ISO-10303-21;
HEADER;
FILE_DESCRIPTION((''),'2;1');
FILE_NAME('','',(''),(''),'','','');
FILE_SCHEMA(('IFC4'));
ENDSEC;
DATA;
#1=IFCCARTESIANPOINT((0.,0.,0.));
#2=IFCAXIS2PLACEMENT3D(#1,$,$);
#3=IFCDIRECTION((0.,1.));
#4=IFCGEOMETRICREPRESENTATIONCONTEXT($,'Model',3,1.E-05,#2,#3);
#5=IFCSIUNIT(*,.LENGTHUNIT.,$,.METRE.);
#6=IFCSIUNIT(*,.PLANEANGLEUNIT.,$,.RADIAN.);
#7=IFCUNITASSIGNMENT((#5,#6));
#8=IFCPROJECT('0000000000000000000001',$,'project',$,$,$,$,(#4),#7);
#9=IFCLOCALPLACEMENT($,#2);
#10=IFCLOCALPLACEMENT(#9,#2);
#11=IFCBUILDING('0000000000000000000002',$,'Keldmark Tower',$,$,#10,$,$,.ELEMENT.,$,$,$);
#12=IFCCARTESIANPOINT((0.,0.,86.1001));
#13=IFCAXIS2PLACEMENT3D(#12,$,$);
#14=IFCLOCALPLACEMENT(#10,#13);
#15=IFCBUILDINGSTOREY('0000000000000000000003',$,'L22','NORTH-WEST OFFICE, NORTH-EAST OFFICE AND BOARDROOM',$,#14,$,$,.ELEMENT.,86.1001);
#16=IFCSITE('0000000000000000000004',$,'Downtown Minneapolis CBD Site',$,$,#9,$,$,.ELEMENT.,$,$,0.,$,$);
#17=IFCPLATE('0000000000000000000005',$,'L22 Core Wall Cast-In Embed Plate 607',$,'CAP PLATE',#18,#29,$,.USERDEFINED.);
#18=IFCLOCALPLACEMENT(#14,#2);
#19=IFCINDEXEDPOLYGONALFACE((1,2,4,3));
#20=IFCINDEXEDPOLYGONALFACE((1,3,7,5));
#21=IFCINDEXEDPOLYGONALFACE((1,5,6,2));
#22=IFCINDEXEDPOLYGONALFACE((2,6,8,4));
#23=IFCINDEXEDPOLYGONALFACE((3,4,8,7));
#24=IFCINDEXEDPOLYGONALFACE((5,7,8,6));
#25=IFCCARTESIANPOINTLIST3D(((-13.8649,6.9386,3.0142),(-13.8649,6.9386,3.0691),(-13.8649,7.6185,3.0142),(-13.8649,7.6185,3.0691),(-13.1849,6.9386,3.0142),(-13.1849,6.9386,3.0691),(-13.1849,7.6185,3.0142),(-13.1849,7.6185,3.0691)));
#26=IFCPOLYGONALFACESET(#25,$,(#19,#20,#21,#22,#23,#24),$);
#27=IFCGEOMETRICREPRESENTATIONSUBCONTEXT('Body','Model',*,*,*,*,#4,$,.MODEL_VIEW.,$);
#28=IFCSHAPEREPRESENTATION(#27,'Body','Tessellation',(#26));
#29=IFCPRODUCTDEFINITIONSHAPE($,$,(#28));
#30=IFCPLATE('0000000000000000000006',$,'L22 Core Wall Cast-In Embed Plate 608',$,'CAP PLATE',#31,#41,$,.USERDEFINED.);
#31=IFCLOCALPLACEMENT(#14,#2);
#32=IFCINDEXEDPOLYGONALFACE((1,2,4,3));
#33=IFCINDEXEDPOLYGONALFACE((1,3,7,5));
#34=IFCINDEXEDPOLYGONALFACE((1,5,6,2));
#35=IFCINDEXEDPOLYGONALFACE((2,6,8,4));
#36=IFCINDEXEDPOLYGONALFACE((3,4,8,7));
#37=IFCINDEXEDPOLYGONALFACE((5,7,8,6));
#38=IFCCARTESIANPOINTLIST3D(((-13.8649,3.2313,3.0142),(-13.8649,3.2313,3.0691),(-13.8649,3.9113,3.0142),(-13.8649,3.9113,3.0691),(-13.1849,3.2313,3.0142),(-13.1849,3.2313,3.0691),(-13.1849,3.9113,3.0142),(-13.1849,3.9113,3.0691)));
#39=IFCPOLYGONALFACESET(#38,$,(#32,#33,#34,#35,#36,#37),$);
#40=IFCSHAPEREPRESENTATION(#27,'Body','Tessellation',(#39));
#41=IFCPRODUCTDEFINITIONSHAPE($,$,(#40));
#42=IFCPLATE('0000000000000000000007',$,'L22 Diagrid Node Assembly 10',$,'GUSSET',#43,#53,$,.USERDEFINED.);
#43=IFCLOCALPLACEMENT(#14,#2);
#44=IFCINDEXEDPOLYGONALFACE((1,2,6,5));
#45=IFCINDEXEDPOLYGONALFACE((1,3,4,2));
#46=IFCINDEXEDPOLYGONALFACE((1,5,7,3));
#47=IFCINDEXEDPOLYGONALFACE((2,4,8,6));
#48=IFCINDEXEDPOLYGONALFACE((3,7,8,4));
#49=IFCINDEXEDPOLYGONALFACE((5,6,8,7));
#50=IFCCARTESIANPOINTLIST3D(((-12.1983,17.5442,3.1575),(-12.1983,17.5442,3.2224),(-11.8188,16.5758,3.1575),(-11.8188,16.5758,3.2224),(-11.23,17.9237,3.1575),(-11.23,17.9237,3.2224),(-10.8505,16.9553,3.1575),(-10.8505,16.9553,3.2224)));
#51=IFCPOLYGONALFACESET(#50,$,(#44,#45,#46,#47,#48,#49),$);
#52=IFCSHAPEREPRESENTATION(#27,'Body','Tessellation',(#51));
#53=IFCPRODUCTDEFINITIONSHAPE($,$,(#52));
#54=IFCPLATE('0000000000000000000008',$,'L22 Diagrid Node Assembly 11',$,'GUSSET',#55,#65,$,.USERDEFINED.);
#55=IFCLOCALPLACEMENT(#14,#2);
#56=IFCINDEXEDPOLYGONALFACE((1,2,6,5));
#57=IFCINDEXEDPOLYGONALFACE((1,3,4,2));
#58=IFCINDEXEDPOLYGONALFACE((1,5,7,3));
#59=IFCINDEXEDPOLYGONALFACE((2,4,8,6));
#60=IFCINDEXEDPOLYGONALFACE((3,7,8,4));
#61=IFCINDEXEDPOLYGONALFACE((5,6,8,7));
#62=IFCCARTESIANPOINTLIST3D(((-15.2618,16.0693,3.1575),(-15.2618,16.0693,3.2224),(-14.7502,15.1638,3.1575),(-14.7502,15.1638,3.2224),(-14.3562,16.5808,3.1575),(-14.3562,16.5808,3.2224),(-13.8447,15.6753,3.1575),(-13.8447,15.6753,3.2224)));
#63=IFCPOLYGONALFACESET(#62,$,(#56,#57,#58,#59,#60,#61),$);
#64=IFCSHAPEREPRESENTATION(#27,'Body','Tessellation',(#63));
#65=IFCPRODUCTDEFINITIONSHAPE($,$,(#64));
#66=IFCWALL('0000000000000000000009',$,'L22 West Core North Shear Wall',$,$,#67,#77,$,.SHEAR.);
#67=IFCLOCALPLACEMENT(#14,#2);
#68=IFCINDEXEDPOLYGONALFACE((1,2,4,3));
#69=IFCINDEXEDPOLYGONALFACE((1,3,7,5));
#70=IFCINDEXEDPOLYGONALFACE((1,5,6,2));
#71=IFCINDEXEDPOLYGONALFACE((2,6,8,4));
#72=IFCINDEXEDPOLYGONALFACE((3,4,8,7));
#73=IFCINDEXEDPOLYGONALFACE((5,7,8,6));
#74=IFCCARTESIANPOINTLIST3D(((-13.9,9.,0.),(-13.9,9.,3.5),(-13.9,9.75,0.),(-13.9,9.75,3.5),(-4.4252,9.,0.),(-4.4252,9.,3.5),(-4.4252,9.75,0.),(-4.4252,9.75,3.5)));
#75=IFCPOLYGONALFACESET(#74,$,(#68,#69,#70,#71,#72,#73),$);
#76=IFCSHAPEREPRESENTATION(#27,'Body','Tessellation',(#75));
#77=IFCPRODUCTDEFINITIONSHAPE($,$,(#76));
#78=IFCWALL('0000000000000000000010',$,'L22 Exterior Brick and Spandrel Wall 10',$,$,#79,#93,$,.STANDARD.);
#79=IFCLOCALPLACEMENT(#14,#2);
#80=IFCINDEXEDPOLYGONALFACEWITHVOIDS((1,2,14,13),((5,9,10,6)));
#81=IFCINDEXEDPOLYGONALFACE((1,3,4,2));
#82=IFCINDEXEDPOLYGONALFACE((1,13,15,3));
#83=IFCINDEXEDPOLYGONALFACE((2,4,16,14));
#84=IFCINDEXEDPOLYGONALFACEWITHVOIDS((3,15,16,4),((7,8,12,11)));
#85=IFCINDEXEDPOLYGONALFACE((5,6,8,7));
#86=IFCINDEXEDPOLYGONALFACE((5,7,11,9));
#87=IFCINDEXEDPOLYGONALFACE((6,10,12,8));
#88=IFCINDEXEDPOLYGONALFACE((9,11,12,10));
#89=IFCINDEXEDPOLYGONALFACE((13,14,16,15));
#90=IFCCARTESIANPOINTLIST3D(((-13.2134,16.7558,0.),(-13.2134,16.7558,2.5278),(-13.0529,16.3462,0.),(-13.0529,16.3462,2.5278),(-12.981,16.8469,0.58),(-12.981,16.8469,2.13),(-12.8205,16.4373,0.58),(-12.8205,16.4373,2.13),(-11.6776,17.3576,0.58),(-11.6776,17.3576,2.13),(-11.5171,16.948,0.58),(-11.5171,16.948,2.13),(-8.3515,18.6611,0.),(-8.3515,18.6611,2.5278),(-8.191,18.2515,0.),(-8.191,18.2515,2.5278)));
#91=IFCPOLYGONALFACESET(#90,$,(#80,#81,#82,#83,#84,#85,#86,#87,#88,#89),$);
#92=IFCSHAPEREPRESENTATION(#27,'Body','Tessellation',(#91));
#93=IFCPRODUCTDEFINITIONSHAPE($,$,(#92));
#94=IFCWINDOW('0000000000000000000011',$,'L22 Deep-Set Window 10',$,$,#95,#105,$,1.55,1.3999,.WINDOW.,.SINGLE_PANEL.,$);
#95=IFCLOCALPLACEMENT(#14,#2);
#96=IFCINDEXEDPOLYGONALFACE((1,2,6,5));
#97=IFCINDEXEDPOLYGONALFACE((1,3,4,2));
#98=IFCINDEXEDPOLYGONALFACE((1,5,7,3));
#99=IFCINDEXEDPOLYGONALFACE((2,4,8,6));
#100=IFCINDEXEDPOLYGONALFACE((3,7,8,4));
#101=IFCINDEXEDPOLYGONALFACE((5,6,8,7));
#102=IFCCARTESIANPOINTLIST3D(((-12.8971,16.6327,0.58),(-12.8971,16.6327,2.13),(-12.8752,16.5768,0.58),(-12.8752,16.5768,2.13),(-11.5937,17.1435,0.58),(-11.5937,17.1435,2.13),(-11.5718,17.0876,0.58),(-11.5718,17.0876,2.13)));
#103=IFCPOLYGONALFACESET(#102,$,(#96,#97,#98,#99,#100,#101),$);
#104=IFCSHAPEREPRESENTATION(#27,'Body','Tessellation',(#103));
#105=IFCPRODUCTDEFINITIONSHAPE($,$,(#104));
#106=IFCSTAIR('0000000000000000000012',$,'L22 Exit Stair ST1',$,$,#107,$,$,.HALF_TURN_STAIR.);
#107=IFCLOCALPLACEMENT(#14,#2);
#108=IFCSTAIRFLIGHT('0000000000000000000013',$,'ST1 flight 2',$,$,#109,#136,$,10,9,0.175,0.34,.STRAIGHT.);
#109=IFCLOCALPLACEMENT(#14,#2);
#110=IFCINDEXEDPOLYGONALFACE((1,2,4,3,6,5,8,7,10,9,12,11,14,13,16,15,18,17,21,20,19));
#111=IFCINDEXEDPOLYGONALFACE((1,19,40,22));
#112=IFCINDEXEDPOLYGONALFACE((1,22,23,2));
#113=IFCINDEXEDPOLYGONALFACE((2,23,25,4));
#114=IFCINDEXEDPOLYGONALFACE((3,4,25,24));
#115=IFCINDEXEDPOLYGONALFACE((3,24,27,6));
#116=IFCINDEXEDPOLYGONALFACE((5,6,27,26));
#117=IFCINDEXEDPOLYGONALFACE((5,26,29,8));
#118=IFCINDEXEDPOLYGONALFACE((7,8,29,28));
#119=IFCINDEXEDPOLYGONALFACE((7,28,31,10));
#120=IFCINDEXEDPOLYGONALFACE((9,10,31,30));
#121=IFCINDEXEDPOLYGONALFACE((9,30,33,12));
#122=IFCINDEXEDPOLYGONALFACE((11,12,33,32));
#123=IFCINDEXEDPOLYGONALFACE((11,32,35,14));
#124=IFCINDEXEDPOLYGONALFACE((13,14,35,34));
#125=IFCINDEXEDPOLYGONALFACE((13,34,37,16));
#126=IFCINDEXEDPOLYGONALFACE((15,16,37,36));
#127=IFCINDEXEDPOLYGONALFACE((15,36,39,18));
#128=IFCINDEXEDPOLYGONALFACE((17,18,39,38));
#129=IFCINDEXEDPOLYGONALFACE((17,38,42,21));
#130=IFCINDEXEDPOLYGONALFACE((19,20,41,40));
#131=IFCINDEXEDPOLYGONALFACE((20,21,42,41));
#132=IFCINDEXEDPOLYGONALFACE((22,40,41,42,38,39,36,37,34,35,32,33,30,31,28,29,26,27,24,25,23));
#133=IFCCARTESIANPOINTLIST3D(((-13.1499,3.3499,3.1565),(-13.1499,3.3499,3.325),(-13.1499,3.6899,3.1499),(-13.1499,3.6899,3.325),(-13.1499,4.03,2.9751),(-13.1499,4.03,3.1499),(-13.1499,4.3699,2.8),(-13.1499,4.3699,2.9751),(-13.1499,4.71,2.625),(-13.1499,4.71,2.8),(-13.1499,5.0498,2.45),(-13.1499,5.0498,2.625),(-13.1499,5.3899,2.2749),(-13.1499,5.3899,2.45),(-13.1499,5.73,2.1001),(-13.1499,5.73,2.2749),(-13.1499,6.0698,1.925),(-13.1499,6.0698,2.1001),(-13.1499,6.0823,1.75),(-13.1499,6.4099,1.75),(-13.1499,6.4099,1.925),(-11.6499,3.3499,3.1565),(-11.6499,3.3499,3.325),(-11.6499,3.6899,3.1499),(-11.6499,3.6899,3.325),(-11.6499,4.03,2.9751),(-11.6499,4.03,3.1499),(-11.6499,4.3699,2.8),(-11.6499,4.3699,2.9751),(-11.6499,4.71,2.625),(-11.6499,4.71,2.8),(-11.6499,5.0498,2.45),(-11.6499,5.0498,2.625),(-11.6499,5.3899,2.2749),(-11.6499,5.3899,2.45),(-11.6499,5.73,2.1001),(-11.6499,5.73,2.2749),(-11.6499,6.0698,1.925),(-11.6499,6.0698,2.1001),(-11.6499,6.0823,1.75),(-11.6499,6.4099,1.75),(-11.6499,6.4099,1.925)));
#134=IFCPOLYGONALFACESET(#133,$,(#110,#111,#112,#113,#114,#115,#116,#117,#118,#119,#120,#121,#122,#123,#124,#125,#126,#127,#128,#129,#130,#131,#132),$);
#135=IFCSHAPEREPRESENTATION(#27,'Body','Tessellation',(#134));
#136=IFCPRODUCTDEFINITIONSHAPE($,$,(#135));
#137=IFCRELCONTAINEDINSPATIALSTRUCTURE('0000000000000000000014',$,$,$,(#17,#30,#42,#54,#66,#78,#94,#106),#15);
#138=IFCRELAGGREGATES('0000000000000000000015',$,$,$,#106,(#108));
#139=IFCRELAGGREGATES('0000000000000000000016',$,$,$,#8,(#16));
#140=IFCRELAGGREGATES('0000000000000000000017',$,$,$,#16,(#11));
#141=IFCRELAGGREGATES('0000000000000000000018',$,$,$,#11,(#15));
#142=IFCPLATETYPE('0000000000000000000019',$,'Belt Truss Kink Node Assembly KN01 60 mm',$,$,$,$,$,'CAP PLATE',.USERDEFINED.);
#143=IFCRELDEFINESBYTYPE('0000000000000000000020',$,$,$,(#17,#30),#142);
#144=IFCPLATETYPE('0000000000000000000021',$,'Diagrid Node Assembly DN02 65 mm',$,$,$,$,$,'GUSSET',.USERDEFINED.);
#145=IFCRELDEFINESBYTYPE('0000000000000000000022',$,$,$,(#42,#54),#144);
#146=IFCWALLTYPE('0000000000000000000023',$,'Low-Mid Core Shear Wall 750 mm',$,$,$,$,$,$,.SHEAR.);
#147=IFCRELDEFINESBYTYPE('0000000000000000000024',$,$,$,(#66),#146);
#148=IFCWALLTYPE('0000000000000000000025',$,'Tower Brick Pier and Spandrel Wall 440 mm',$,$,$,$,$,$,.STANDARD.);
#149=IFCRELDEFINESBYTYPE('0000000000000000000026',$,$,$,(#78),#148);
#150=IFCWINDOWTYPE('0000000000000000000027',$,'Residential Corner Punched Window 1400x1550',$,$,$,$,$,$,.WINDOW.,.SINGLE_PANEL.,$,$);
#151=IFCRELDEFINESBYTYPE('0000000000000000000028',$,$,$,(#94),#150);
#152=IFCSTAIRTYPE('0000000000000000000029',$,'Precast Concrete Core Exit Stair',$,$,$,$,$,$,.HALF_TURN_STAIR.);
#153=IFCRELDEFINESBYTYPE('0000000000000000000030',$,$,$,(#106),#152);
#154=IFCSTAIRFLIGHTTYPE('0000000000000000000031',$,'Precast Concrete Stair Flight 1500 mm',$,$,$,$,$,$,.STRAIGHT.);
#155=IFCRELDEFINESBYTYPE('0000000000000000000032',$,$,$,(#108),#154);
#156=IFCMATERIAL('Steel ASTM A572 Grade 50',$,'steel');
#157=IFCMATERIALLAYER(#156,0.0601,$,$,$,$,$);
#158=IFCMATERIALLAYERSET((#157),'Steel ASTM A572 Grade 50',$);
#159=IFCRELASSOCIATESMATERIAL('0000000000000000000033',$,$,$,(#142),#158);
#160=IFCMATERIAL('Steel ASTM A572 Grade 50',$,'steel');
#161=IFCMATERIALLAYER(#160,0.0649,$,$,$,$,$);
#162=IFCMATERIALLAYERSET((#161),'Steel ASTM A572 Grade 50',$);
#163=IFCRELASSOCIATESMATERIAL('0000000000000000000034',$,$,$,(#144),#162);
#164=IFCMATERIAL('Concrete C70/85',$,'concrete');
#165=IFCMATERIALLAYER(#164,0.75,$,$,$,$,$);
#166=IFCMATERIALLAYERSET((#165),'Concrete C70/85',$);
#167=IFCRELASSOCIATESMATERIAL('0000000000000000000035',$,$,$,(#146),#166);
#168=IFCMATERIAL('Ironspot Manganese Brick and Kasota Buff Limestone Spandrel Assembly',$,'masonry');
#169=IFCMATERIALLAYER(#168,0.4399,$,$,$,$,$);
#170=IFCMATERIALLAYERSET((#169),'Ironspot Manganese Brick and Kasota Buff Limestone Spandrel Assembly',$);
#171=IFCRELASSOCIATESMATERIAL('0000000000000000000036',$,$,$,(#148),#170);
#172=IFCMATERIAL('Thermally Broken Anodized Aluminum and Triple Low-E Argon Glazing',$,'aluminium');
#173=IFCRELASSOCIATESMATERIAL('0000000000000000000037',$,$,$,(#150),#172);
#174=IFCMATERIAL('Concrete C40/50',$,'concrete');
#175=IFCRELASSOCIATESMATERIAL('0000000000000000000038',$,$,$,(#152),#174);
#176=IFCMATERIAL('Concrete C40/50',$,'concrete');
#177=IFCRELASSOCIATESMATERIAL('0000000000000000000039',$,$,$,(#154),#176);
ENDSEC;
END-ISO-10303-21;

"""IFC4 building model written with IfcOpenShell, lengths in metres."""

from ifc_helpers import new_model, si_unit, direction, frame, frame_2d, origin, origin_2d, place, context, subcontext, project, spatial, polyline, rectangle, outline, extrude, material, layer, layer_set, type_object, element, fill, aggregate, save


model = new_model("IFC4")

# Units and contexts
model_context = context("Model", 3, precision=1e-05, world=origin(), true_north=direction((0.0, 1.0)))
body_context = subcontext(model_context, "Body", "Model", "MODEL_VIEW")
ifc_project = project(units=[si_unit("LENGTHUNIT", "METRE"), si_unit("PLANEANGLEUNIT", "RADIAN")], contexts=[model_context])

# Site, building, storey
site_placement = place(None, origin())
site = spatial("IfcSite", under=ifc_project, at=site_placement, Name="Downtown Minneapolis CBD Site", CompositionType="ELEMENT", RefElevation=0.0)
building_placement = place(site_placement, origin())
building = spatial("IfcBuilding", under=site, at=building_placement, Name="Keldmark Tower", CompositionType="ELEMENT")
storey_placement = place(building_placement, frame((0.0, 0.0, 86.1001)))
storey = spatial("IfcBuildingStorey", under=building, at=storey_placement, Name="L22", Description="NORTH-WEST OFFICE, NORTH-EAST OFFICE AND BOARDROOM", CompositionType="ELEMENT", Elevation=86.1001)

# Plates
ifc_material_1 = material(Name="Steel ASTM A572 Grade 50", Category="steel")
ifc_layer_1 = layer(ifc_material_1, 0.0601)
ifc_layer_set_1 = layer_set([ifc_layer_1], Name="Steel ASTM A572 Grade 50")
plate_type_1 = type_object("IfcPlateType", Name="Belt Truss Kink Node Assembly KN01 60 mm", ElementType="CAP PLATE", PredefinedType="USERDEFINED", material=ifc_layer_set_1)
for number, where, z_axis, x_axis, name in (
    (1, (-13.5249, 7.2786, 3.0142), (0.0, 0.0, 1.0), (1.0, 0.0, 0.0), "L22 Core Wall Cast-In Embed Plate 607"),
    (2, (-13.5249, 3.5713, 3.0142), (0.0, 0.0, 1.0), (1.0, 0.0, 0.0), "L22 Core Wall Cast-In Embed Plate 608"),
):
    element("IfcPlate", number, at=place(storey_placement, frame(where, z_axis=z_axis, x_axis=x_axis)), inside=storey, type_object=plate_type_1, Name=name, ObjectType="CAP PLATE", PredefinedType="USERDEFINED", context=body_context, shape_type="SweptSolid", body=[
        extrude(rectangle(XDim=0.6799, YDim=0.6799, at=origin_2d()), origin(), (0.0, 0.0, 1.0), 0.0549),
    ])
ifc_material_2 = material(Name="Steel ASTM A572 Grade 50", Category="steel")
ifc_layer_2 = layer(ifc_material_2, 0.0649)
ifc_layer_set_2 = layer_set([ifc_layer_2], Name="Steel ASTM A572 Grade 50")
plate_type_2 = type_object("IfcPlateType", Name="Diagrid Node Assembly DN02 65 mm", ElementType="GUSSET", PredefinedType="USERDEFINED", material=ifc_layer_set_2)
for number, where, z_axis, x_axis, name in (
    (3, (-11.5244, 17.2498, 3.1575), (0.0, 0.0, 1.0), (-0.931056, -0.364877, 0.0), "L22 Diagrid Node Assembly 10"),
    (4, (-14.5532, 15.8723, 3.1575), (0.0, 0.0, 1.0), (-0.870699, -0.491816, 0.0), "L22 Diagrid Node Assembly 11"),
):
    element("IfcPlate", number, at=place(storey_placement, frame(where, z_axis=z_axis, x_axis=x_axis)), inside=storey, type_object=plate_type_2, Name=name, ObjectType="GUSSET", PredefinedType="USERDEFINED", context=body_context, shape_type="SweptSolid", body=[
        extrude(rectangle(XDim=1.04, YDim=1.04, at=origin_2d()), origin(), (0.0, 0.0, 1.0), 0.0649),
    ])

# Wall
ifc_material_3 = material(Name="Concrete C70/85", Category="concrete")
ifc_layer_3 = layer(ifc_material_3, 0.75)
ifc_layer_set_3 = layer_set([ifc_layer_3], Name="Concrete C70/85")
wall_type_1 = type_object("IfcWallType", Name="Low-Mid Core Shear Wall 750 mm", PredefinedType="SHEAR", material=ifc_layer_set_3)
wall_1_placement = place(storey_placement, frame((-13.8999, 9.375, 0.0), z_axis=(0.0, 0.0, 1.0), x_axis=(1.0, 0.0, 0.0)))
element("IfcWall", 5, at=wall_1_placement, inside=storey, type_object=wall_type_1, Name="L22 West Core North Shear Wall", PredefinedType="SHEAR", context=body_context, shape_type="SweptSolid", body=[
    extrude(rectangle(XDim=9.4749, YDim=0.75, at=frame_2d((4.7373, 0.0))), origin(), (0.0, 0.0, 1.0), 3.5),
])

# Wall, opening, window
ifc_material_4 = material(Name="Ironspot Manganese Brick and Kasota Buff Limestone Spandrel Assembly", Category="masonry")
ifc_layer_4 = layer(ifc_material_4, 0.4399)
ifc_layer_set_4 = layer_set([ifc_layer_4], Name="Ironspot Manganese Brick and Kasota Buff Limestone Spandrel Assembly")
wall_type_2 = type_object("IfcWallType", Name="Tower Brick Pier and Spandrel Wall 440 mm", PredefinedType="STANDARD", material=ifc_layer_set_4)
wall_2_placement = place(storey_placement, frame((-13.1331, 16.551, 0.0), z_axis=(0.0, 0.0, 1.0), x_axis=(0.931059, 0.364868, 0.0)))
wall_2 = element("IfcWall", 6, at=wall_2_placement, inside=storey, type_object=wall_type_2, Name="L22 Exterior Brick and Spandrel Wall 10", PredefinedType="STANDARD", context=body_context, shape_type="SweptSolid", body=[
    extrude(rectangle(XDim=5.2219, YDim=0.4399, at=frame_2d((2.6108, 0.0))), origin(), (0.0, 0.0, 1.0), 2.5278),
])
opening_1_placement = place(wall_2_placement, frame((0.2495, 0.0, 0.5801)))
opening_1 = element("IfcOpeningElement", 7, at=opening_1_placement, cuts=wall_2, PredefinedType="OPENING", context=body_context, shape_type="SweptSolid", body=[
    extrude(rectangle(XDim=1.3999, YDim=1.55, at=frame_2d((0.7, 0.7749))), frame((0.0, 0.23, 0.0), z_axis=(0.0, -1.0, 0.0), x_axis=(1.0, 0.0, 0.0)), (0.0, 0.0, 1.0), 0.46),
])
ifc_material_5 = material(Name="Thermally Broken Anodized Aluminum and Triple Low-E Argon Glazing", Category="aluminium")
window_type = type_object("IfcWindowType", Name="Residential Corner Punched Window 1400x1550", PartitioningType="SINGLE_PANEL", PredefinedType="WINDOW", material=ifc_material_5)
window_placement = place(opening_1_placement, origin())
window = element("IfcWindow", 8, at=window_placement, inside=storey, type_object=window_type, Name="L22 Deep-Set Window 10", OverallHeight=1.55, OverallWidth=1.3999, PartitioningType="SINGLE_PANEL", PredefinedType="WINDOW", context=body_context, shape_type="SweptSolid", body=[
    extrude(rectangle(XDim=1.3999, YDim=1.55, at=frame_2d((0.7, 0.7749))), frame((0.0, -0.01, 0.0), z_axis=(0.0, -1.0, 0.0), x_axis=(1.0, 0.0, 0.0)), (0.0, 0.0, 1.0), 0.0601),
])
fill(opening_1, window)

# Stair, stair flight
ifc_material_6 = material(Name="Concrete C40/50", Category="concrete")
stair_type = type_object("IfcStairType", Name="Precast Concrete Core Exit Stair", PredefinedType="HALF_TURN_STAIR", material=ifc_material_6)
stair_placement = place(storey_placement, origin())
stair = element("IfcStair", 9, at=stair_placement, inside=storey, type_object=stair_type, Name="L22 Exit Stair ST1", PredefinedType="HALF_TURN_STAIR")
ifc_material_7 = material(Name="Concrete C40/50", Category="concrete")
stair_flight_type = type_object("IfcStairFlightType", Name="Precast Concrete Stair Flight 1500 mm", PredefinedType="STRAIGHT", material=ifc_material_7)
stair_flight_placement = place(storey_placement, frame((-12.3999, 6.4099, 1.75), z_axis=(0.0, 0.0, 1.0), x_axis=(0.0, -1.0, 0.0)))
stair_flight = element("IfcStairFlight", 10, at=stair_flight_placement, type_object=stair_flight_type, Name="ST1 flight 2", NumberOfRisers=10, NumberOfTreads=9, PredefinedType="STRAIGHT", RiserHeight=0.175, TreadLength=0.34, context=body_context, shape_type="SweptSolid", body=[
    extrude(outline(polyline([(0.0, 0.0), (0.0, 0.175), (0.3401, 0.175), (0.3401, 0.3501), (0.6799, 0.3501), (0.6799, 0.5249), (1.02, 0.5249), (1.02, 0.7), (1.3601, 0.7), (1.3601, 0.875), (1.7, 0.875), (1.7, 1.05), (2.04, 1.05), (2.04, 1.2251), (2.3799, 1.2251), (2.3799, 1.3999), (2.72, 1.3999), (2.72, 1.575), (3.0601, 1.575), (3.0601, 1.75), (3.0601, 1.4065), (0.3276, 0.0), (0.0, 0.0)])), frame((0.0, 0.75, 0.0), z_axis=(0.0, -1.0, 0.0), x_axis=(1.0, 0.0, 0.0)), (0.0, 0.0, 1.0), 1.5),
])
aggregate(stair, [stair_flight])

save(model, "model.ifc")
